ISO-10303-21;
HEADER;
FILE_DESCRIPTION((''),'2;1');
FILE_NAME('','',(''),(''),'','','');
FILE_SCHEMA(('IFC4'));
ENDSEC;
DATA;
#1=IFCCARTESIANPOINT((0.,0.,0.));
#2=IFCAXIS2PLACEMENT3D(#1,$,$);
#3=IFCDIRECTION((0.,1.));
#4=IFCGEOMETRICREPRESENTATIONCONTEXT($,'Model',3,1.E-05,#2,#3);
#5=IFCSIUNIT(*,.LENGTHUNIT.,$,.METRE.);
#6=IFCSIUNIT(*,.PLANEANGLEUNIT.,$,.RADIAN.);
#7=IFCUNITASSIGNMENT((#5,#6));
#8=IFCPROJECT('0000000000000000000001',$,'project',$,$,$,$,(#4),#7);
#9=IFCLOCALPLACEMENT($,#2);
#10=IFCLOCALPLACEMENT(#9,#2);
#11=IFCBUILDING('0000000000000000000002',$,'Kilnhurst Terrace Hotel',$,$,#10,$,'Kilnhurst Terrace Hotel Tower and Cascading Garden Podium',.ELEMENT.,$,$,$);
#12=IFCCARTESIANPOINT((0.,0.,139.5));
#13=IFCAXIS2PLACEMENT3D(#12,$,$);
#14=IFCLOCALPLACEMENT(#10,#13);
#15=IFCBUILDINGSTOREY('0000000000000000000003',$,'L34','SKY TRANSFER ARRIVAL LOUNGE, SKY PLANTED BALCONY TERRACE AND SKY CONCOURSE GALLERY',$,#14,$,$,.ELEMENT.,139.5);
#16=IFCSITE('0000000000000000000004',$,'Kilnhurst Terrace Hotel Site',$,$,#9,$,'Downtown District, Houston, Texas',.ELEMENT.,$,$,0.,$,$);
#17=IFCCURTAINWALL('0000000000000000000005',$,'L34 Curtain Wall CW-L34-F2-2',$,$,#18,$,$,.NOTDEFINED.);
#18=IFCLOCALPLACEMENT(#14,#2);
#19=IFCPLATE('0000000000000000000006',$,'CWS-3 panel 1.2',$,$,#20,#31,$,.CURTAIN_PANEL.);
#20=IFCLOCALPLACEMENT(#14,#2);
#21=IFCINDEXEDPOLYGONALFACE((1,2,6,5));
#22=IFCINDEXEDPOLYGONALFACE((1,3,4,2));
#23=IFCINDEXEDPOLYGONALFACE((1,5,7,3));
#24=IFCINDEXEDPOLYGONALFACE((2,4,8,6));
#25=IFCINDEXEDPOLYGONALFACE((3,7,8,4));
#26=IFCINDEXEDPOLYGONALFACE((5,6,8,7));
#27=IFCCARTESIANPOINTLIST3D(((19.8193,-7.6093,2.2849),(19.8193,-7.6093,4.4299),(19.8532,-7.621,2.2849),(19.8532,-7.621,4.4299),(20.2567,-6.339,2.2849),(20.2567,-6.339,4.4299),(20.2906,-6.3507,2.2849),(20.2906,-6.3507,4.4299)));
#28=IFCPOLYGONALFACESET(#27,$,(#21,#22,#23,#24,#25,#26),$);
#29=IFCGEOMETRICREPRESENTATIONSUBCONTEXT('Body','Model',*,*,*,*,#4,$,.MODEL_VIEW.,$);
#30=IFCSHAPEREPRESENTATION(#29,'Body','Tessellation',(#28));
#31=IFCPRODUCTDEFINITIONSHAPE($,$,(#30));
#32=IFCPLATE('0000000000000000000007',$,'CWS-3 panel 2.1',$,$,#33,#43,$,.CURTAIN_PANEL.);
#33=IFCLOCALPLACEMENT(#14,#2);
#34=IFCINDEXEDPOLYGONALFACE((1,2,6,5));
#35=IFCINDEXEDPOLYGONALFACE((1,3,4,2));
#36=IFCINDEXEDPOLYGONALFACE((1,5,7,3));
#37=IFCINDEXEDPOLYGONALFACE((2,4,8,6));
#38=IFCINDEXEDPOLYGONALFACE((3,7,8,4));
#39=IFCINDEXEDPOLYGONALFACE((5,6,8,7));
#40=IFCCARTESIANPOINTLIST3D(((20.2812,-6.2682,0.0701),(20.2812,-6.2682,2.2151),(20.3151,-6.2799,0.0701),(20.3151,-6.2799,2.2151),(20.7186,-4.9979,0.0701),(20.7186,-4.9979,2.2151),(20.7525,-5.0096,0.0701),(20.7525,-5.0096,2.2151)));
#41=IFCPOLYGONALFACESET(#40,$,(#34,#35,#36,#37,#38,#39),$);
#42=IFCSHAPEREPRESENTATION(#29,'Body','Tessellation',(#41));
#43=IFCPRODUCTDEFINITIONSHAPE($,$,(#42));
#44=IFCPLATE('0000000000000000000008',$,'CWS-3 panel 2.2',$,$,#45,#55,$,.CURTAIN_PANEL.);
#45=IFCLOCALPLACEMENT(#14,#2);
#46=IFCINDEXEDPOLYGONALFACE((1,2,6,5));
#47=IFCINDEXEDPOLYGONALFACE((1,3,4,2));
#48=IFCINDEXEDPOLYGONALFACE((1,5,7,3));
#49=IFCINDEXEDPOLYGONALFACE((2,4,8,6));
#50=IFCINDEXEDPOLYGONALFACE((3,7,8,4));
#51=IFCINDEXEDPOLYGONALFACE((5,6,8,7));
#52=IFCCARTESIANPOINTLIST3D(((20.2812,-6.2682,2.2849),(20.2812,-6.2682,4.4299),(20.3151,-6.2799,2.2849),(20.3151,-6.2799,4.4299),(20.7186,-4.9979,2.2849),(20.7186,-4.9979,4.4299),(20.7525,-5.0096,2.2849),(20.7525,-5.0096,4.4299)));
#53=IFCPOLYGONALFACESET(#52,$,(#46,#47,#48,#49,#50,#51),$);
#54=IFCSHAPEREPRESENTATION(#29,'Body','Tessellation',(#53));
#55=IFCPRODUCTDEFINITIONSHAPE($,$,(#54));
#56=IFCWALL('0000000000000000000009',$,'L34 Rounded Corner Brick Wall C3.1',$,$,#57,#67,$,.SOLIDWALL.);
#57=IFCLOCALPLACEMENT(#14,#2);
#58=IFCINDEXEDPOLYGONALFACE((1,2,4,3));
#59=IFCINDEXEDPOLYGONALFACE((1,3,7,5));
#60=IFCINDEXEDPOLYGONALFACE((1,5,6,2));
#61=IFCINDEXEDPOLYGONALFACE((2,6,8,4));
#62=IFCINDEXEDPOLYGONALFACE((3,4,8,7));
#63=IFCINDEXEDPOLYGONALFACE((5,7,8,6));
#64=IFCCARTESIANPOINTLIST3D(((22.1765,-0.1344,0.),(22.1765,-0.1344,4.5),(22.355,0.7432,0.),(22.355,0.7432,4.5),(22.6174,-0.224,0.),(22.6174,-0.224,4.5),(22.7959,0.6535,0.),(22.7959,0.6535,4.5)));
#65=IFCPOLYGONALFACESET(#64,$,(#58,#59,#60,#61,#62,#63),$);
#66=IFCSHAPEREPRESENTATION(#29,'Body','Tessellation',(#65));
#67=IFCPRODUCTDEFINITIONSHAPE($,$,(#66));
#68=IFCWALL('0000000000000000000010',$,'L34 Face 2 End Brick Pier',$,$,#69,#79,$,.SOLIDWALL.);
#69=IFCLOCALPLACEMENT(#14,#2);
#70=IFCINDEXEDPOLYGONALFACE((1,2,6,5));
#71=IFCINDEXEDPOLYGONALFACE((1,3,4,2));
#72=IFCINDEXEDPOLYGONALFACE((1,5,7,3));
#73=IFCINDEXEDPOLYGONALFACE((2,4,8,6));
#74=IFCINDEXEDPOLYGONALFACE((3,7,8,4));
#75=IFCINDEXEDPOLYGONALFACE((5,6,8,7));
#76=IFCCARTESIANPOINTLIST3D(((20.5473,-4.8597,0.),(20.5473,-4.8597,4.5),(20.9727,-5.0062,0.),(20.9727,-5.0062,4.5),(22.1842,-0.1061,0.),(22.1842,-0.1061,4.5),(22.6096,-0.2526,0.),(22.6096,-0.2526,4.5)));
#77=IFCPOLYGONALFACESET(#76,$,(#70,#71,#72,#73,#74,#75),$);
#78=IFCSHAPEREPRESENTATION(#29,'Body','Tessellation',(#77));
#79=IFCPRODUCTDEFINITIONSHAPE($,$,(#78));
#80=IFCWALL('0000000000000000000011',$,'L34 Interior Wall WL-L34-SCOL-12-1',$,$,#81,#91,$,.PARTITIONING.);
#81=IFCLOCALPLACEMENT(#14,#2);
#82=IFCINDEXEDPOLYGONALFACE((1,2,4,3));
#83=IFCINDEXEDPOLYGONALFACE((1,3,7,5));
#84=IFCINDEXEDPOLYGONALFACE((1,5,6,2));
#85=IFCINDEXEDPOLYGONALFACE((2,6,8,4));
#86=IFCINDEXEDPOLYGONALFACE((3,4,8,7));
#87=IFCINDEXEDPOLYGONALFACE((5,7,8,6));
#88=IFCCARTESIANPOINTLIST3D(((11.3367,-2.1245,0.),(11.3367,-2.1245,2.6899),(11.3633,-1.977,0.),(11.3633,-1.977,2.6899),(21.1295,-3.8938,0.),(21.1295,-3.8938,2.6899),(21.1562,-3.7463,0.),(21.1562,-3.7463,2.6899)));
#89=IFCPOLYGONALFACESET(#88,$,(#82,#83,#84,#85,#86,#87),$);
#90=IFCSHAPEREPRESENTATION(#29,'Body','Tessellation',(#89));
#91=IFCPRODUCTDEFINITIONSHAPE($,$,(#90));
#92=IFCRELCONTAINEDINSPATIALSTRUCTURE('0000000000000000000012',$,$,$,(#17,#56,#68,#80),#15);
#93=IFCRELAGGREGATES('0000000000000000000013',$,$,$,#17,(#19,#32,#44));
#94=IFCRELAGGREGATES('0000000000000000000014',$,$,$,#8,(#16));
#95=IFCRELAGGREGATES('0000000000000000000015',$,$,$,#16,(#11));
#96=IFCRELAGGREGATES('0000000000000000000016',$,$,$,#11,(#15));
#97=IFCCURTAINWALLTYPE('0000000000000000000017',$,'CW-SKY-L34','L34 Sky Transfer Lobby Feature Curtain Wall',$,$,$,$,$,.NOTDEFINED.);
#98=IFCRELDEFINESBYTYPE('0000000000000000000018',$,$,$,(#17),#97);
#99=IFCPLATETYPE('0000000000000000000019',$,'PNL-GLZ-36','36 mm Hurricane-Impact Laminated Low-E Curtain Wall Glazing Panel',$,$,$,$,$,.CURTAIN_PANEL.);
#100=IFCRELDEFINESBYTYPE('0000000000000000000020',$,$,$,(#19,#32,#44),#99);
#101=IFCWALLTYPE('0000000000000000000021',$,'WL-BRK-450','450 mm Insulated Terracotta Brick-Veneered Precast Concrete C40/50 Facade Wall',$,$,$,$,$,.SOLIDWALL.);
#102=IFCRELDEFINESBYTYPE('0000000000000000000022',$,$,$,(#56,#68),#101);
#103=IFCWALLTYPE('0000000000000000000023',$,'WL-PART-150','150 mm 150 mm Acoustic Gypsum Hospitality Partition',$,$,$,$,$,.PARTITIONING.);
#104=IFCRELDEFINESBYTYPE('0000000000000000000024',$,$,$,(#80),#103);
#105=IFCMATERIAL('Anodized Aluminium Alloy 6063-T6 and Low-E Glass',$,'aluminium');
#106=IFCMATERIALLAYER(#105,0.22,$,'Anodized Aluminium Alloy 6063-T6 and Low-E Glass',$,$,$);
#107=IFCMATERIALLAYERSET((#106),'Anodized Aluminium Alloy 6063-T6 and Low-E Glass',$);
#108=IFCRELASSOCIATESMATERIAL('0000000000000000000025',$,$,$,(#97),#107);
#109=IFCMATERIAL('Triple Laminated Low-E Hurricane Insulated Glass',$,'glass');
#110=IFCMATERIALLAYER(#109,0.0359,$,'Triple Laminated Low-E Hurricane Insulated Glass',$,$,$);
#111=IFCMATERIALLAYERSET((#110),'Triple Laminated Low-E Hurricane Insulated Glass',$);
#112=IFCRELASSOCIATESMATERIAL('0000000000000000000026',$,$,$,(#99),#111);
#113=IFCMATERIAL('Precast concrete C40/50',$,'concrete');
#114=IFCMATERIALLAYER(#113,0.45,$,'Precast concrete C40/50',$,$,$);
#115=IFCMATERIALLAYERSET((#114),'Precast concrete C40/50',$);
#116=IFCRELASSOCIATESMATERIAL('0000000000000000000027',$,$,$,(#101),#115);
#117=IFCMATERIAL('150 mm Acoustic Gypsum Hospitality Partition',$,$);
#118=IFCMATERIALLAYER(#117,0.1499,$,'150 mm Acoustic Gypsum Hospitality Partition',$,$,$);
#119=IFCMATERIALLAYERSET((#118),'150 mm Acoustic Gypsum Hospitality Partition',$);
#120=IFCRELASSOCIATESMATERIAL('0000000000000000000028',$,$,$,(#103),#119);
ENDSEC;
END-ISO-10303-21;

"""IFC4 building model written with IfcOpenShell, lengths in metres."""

from ifc_helpers import new_model, si_unit, direction, frame, frame_2d, origin, origin_2d, place, context, subcontext, project, spatial, rectangle, extrude, material, layer, layer_set, type_object, element, aggregate, save


model = new_model("IFC4")

# Units and contexts
model_context = context("Model", 3, precision=1e-05, world=origin(), true_north=direction((0.0, 1.0)))
body_context = subcontext(model_context, "Body", "Model", "MODEL_VIEW")
ifc_project = project(units=[si_unit("LENGTHUNIT", "METRE"), si_unit("PLANEANGLEUNIT", "RADIAN")], contexts=[model_context])

# Site, building, storey
site_placement = place(None, origin())
site = spatial("IfcSite", under=ifc_project, at=site_placement, Name="Kilnhurst Terrace Hotel Site", LongName="Downtown District, Houston, Texas", CompositionType="ELEMENT", RefElevation=0.0)
building_placement = place(site_placement, origin())
building = spatial("IfcBuilding", under=site, at=building_placement, Name="Kilnhurst Terrace Hotel", LongName="Kilnhurst Terrace Hotel Tower and Cascading Garden Podium", CompositionType="ELEMENT")
storey_placement = place(building_placement, frame((0.0, 0.0, 139.5)))
storey = spatial("IfcBuildingStorey", under=building, at=storey_placement, Name="L34", Description="SKY TRANSFER ARRIVAL LOUNGE, SKY PLANTED BALCONY TERRACE AND SKY CONCOURSE GALLERY", CompositionType="ELEMENT", Elevation=139.5)

# Curtain wall
ifc_material_1 = material(Name="Anodized Aluminium Alloy 6063-T6 and Low-E Glass", Category="aluminium")
ifc_layer_1 = layer(ifc_material_1, 0.22, Name="Anodized Aluminium Alloy 6063-T6 and Low-E Glass")
ifc_layer_set_1 = layer_set([ifc_layer_1], Name="Anodized Aluminium Alloy 6063-T6 and Low-E Glass")
curtain_wall_type = type_object("IfcCurtainWallType", Name="CW-SKY-L34", Description="L34 Sky Transfer Lobby Feature Curtain Wall", PredefinedType="NOTDEFINED", material=ifc_layer_set_1)
curtain_wall_placement = place(storey_placement, origin())
curtain_wall = element("IfcCurtainWall", 1, at=curtain_wall_placement, inside=storey, type_object=curtain_wall_type, Name="L34 Curtain Wall CW-L34-F2-2", PredefinedType="NOTDEFINED")

# Plates
ifc_material_2 = material(Name="Triple Laminated Low-E Hurricane Insulated Glass", Category="glass")
ifc_layer_2 = layer(ifc_material_2, 0.0359, Name="Triple Laminated Low-E Hurricane Insulated Glass")
ifc_layer_set_2 = layer_set([ifc_layer_2], Name="Triple Laminated Low-E Hurricane Insulated Glass")
plate_type = type_object("IfcPlateType", Name="PNL-GLZ-36", Description="36 mm Hurricane-Impact Laminated Low-E Curtain Wall Glazing Panel", PredefinedType="CURTAIN_PANEL", material=ifc_layer_set_2)
plate_1_placement = place(storey_placement, frame((20.0549, -6.98, 2.2849), z_axis=(0.0, 0.0, 1.0), x_axis=(0.325587, 0.945512, 0.0)))
plate_1 = element("IfcPlate", 2, at=plate_1_placement, type_object=plate_type, Name="CWS-3 panel 1.2", PredefinedType="CURTAIN_PANEL", context=body_context, shape_type="SweptSolid", body=[
    extrude(rectangle(XDim=1.3435, YDim=0.0359, at=origin_2d()), origin(), (0.0, 0.0, 1.0), 2.145),
])
plate_2_placement = place(storey_placement, frame((20.5168, -5.6389, 0.0701), z_axis=(0.0, 0.0, 1.0), x_axis=(0.325587, 0.945512, 0.0)))
plate_2 = element("IfcPlate", 3, at=plate_2_placement, type_object=plate_type, Name="CWS-3 panel 2.1", PredefinedType="CURTAIN_PANEL", context=body_context, shape_type="SweptSolid", body=[
    extrude(rectangle(XDim=1.3435, YDim=0.0359, at=origin_2d()), origin(), (0.0, 0.0, 1.0), 2.145),
])
plate_3_placement = place(storey_placement, frame((20.5168, -5.6389, 2.2849), z_axis=(0.0, 0.0, 1.0), x_axis=(0.325587, 0.945512, 0.0)))
plate_3 = element("IfcPlate", 4, at=plate_3_placement, type_object=plate_type, Name="CWS-3 panel 2.2", PredefinedType="CURTAIN_PANEL", context=body_context, shape_type="SweptSolid", body=[
    extrude(rectangle(XDim=1.3435, YDim=0.0359, at=origin_2d()), origin(), (0.0, 0.0, 1.0), 2.145),
])
aggregate(curtain_wall, [plate_1, plate_2, plate_3])

# Walls
ifc_material_3 = material(Name="Precast concrete C40/50", Category="concrete")
ifc_layer_3 = layer(ifc_material_3, 0.45, Name="Precast concrete C40/50")
ifc_layer_set_3 = layer_set([ifc_layer_3], Name="Precast concrete C40/50")
wall_type_1 = type_object("IfcWallType", Name="WL-BRK-450", Description="450 mm Insulated Terracotta Brick-Veneered Precast Concrete C40/50 Facade Wall", PredefinedType="SOLIDWALL", material=ifc_layer_set_3)
wall_1_placement = place(storey_placement, frame((22.397, -0.1792, 0.0), z_axis=(0.0, 0.0, 1.0), x_axis=(0.199314, 0.979936, 0.0)))
element("IfcWall", 5, at=wall_1_placement, inside=storey, type_object=wall_type_1, Name="L34 Rounded Corner Brick Wall C3.1", PredefinedType="SOLIDWALL", context=body_context, shape_type="SweptSolid", body=[
    extrude(rectangle(XDim=0.8955, YDim=0.45, at=frame_2d((0.4478, 0.0))), origin(), (0.0, 0.0, 1.0), 4.5),
])
wall_2_placement = place(storey_placement, frame((20.76, -4.9329, 0.0), z_axis=(0.0, 0.0, 1.0), x_axis=(0.325594, 0.94551, 0.0)))
element("IfcWall", 6, at=wall_2_placement, inside=storey, type_object=wall_type_1, Name="L34 Face 2 End Brick Pier", PredefinedType="SOLIDWALL", context=body_context, shape_type="SweptSolid", body=[
    extrude(rectangle(XDim=5.0276, YDim=0.45, at=frame_2d((2.5137, 0.0))), origin(), (0.0, 0.0, 1.0), 4.5),
])

# Wall
ifc_material_4 = material(Name="150 mm Acoustic Gypsum Hospitality Partition")
ifc_layer_4 = layer(ifc_material_4, 0.1499, Name="150 mm Acoustic Gypsum Hospitality Partition")
ifc_layer_set_4 = layer_set([ifc_layer_4], Name="150 mm Acoustic Gypsum Hospitality Partition")
wall_type_2 = type_object("IfcWallType", Name="WL-PART-150", Description="150 mm 150 mm Acoustic Gypsum Hospitality Partition", PredefinedType="PARTITIONING", material=ifc_layer_set_4)
wall_3_placement = place(storey_placement, frame((11.3501, -2.0508, 0.0), z_axis=(0.0, 0.0, 1.0), x_axis=(0.984068, -0.177791, 0.0)))
element("IfcWall", 7, at=wall_3_placement, inside=storey, type_object=wall_type_2, Name="L34 Interior Wall WL-L34-SCOL-12-1", PredefinedType="PARTITIONING", context=body_context, shape_type="SweptSolid", body=[
    extrude(rectangle(XDim=9.9514, YDim=0.1499, at=frame_2d((4.9756, 0.0))), origin(), (0.0, 0.0, 1.0), 2.6899),
])

save(model, "model.ifc")
